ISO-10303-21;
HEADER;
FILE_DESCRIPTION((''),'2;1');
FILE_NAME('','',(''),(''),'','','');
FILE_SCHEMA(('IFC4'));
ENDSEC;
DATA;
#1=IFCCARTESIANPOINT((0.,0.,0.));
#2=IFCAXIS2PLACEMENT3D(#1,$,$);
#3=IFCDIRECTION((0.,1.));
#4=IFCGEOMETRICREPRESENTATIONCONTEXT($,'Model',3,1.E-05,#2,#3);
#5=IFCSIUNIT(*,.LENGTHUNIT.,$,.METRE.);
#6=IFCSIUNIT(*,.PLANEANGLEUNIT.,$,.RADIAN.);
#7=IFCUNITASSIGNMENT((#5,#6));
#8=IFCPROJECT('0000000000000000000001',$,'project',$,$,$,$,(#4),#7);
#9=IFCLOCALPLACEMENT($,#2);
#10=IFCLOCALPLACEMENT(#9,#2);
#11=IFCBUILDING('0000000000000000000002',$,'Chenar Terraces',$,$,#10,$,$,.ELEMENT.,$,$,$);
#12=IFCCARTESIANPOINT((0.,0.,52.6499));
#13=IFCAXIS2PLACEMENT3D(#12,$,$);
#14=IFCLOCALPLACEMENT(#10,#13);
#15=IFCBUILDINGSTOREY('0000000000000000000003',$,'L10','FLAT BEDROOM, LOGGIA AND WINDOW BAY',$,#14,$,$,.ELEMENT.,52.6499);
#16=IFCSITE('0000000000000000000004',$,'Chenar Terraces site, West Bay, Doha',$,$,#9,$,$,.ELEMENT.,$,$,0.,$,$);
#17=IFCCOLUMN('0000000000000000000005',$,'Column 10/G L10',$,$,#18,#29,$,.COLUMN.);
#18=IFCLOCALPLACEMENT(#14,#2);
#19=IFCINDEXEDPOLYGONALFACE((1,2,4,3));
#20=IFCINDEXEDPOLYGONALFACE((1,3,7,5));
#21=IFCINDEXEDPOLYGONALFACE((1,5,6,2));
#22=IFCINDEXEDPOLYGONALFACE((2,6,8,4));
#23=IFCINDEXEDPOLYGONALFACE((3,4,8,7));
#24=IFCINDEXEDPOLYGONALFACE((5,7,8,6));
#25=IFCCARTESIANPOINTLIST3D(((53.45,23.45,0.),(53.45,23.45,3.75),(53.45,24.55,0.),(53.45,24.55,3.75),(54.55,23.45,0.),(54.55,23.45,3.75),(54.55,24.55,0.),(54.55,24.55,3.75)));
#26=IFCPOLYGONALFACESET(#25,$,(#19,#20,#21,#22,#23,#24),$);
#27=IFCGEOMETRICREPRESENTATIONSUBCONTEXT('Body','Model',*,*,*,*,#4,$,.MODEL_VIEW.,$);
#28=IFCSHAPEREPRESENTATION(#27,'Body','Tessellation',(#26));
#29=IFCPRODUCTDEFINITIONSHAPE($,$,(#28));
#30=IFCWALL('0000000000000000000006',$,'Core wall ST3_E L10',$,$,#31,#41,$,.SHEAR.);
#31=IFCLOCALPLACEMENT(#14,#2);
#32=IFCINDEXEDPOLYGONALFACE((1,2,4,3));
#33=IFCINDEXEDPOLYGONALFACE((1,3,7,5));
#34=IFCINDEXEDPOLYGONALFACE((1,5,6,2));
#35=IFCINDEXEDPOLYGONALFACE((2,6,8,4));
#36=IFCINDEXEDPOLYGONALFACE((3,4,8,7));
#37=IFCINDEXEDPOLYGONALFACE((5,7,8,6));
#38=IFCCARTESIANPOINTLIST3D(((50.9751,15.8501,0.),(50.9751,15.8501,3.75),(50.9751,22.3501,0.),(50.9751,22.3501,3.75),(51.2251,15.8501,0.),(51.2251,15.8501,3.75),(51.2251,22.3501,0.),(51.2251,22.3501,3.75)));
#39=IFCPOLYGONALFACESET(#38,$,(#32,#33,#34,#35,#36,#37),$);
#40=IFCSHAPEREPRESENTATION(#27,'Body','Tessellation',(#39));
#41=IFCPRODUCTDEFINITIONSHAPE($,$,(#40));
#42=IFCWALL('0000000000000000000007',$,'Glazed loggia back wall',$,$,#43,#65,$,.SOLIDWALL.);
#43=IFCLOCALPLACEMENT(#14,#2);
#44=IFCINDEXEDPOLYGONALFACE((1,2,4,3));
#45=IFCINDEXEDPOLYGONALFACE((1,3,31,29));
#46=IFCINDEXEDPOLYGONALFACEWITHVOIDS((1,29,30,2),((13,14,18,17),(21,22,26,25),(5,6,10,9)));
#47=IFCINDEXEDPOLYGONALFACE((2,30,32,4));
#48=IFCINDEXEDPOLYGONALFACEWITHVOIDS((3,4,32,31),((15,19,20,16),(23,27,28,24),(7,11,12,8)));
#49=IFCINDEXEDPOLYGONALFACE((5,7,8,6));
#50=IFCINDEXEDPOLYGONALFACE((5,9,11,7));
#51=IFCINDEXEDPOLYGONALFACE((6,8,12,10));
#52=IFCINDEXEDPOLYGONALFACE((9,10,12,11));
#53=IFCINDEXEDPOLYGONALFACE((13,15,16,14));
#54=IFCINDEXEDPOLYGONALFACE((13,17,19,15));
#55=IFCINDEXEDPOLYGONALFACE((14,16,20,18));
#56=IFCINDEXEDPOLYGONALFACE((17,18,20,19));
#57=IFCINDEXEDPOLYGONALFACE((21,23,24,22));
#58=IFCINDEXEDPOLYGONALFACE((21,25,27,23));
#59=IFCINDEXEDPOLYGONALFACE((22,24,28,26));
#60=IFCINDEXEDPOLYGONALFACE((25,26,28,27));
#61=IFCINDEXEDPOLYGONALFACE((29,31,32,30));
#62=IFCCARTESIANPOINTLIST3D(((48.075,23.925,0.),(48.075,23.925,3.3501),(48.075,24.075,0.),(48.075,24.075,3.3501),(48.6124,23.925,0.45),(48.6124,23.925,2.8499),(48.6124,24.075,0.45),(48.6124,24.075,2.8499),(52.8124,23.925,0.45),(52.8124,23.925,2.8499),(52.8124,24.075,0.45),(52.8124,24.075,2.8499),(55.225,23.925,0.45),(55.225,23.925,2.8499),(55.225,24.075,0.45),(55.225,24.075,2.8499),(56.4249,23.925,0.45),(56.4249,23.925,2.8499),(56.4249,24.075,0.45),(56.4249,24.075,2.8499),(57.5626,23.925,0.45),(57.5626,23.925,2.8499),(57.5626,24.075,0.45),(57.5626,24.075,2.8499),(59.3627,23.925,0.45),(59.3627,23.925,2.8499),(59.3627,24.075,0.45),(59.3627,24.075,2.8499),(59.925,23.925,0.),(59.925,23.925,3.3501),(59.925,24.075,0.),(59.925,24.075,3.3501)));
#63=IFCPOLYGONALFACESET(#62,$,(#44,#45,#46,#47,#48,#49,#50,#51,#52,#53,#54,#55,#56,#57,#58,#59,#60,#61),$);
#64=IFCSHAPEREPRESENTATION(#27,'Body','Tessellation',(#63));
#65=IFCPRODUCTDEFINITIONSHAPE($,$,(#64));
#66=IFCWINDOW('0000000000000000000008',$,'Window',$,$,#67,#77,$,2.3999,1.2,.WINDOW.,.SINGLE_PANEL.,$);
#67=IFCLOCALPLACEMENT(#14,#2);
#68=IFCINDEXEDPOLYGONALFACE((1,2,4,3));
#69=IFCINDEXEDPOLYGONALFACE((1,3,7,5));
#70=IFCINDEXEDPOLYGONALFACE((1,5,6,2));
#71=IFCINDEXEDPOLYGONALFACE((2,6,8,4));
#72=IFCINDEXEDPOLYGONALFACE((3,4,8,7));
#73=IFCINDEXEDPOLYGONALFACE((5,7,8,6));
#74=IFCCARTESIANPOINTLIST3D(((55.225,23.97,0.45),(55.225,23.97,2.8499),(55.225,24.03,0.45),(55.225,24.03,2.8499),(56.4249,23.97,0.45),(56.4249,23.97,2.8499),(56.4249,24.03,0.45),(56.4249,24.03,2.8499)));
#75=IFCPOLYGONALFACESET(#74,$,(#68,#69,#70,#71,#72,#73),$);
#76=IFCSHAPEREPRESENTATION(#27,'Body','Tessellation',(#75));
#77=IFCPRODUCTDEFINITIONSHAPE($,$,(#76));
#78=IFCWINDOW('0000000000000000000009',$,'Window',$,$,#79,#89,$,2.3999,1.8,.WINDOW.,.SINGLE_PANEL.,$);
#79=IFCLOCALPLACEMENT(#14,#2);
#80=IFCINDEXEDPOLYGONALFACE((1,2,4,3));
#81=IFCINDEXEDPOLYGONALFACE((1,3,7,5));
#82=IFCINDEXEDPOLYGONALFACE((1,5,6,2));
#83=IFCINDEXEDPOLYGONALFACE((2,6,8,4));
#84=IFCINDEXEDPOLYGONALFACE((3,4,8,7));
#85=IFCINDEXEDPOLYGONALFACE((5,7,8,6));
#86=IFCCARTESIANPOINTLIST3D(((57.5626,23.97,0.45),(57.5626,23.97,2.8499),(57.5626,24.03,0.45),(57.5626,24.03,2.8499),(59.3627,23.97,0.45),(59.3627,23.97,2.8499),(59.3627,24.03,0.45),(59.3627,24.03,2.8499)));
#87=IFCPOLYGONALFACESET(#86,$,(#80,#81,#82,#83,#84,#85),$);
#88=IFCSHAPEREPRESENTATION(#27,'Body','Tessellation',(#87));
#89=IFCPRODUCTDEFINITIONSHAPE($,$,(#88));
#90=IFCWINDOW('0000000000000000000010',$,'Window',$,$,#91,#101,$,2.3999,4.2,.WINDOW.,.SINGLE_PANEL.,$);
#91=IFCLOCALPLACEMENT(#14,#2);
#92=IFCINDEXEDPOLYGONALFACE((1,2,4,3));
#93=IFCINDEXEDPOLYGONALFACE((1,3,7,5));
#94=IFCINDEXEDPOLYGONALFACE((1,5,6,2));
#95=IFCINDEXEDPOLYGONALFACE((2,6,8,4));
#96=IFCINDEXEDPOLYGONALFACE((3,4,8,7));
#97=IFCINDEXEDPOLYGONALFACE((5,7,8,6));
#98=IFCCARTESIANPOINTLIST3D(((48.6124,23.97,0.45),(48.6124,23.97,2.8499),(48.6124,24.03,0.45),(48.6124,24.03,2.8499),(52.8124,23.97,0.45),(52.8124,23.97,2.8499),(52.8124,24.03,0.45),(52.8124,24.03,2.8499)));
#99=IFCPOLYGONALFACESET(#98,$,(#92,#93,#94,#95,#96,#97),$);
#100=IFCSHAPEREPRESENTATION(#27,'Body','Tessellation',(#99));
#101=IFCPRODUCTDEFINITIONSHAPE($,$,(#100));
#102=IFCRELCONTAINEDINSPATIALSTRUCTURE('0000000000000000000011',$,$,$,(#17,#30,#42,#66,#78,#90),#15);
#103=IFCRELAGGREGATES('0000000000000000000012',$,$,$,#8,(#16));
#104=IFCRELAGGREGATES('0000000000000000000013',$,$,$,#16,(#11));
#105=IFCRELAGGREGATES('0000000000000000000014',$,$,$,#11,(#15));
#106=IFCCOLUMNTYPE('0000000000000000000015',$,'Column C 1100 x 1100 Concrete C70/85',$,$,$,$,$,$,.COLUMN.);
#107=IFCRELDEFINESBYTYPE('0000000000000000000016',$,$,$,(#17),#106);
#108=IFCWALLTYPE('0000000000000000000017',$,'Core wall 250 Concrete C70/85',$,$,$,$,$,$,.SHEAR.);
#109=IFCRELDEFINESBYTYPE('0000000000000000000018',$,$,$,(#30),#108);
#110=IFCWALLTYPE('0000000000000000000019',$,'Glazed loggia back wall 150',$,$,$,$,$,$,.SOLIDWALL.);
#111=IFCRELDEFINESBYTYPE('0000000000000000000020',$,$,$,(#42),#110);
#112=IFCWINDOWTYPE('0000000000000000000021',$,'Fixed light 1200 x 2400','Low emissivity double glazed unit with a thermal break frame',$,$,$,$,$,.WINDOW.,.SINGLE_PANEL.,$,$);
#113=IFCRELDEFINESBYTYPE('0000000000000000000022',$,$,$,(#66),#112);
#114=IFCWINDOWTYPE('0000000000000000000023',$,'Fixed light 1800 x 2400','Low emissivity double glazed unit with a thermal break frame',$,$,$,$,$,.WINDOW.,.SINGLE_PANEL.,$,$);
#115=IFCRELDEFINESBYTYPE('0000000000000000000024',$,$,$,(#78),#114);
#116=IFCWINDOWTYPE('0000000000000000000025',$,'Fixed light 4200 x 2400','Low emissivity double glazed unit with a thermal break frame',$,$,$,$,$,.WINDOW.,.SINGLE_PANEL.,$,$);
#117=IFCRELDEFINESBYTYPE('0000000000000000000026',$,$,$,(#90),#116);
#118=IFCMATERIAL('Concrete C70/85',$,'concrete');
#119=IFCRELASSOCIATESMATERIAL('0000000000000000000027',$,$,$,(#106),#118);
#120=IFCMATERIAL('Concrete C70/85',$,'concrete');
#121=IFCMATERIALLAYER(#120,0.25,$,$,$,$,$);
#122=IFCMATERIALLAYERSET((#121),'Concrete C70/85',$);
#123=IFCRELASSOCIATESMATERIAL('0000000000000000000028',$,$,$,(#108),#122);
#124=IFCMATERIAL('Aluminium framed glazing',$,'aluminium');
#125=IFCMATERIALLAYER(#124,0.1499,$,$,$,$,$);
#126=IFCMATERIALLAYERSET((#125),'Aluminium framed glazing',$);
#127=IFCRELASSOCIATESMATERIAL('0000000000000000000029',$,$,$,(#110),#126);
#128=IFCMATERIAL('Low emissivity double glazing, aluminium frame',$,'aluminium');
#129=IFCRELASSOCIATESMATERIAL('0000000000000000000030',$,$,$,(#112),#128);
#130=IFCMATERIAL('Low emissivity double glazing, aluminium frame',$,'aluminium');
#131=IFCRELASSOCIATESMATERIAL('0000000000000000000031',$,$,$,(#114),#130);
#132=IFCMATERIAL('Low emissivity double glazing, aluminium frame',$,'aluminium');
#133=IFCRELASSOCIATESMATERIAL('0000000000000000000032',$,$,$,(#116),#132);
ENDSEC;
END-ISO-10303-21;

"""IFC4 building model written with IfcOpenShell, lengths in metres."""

from ifc_helpers import new_model, si_unit, direction, frame, frame_2d, origin, origin_2d, place, context, subcontext, project, spatial, rectangle, extrude, material, layer, layer_set, material_profile, profile_set, type_object, element, fill, save


model = new_model("IFC4")

# Units and contexts
model_context = context("Model", 3, precision=1e-05, world=origin(), true_north=direction((0.0, 1.0)))
body_context = subcontext(model_context, "Body", "Model", "MODEL_VIEW")
ifc_project = project(units=[si_unit("LENGTHUNIT", "METRE"), si_unit("PLANEANGLEUNIT", "RADIAN")], contexts=[model_context])

# Site, building, storey
site_placement = place(None, origin())
site = spatial("IfcSite", under=ifc_project, at=site_placement, Name="Chenar Terraces site, West Bay, Doha", CompositionType="ELEMENT", RefElevation=0.0)
building_placement = place(site_placement, origin())
building = spatial("IfcBuilding", under=site, at=building_placement, Name="Chenar Terraces", CompositionType="ELEMENT")
storey_placement = place(building_placement, frame((0.0, 0.0, 52.6499)))
storey = spatial("IfcBuildingStorey", under=building, at=storey_placement, Name="L10", Description="FLAT BEDROOM, LOGGIA AND WINDOW BAY", CompositionType="ELEMENT", Elevation=52.6499)

# Column
ifc_material_1 = material(Name="Concrete C70/85", Category="concrete")
ifc_material_profile = material_profile(ifc_material_1, rectangle(XDim=1.1001, YDim=1.1001, at=origin_2d()), Name="C 1100 x 1100")
ifc_profile_set = profile_set([ifc_material_profile], Name="Concrete C70/85")
column_type = type_object("IfcColumnType", Name="Column C 1100 x 1100 Concrete C70/85", PredefinedType="COLUMN", material=ifc_profile_set)
column_placement = place(storey_placement, frame((54.0, 24.0, 0.0), z_axis=(0.0, 0.0, 1.0), x_axis=(1.0, 0.0, 0.0)))
element("IfcColumn", 1, at=column_placement, inside=storey, type_object=column_type, Name="Column 10/G L10", PredefinedType="COLUMN", context=body_context, shape_type="SweptSolid", body=[
    extrude(rectangle(XDim=1.1001, YDim=1.1001, at=origin_2d()), origin(), (0.0, 0.0, 1.0), 3.75),
])

# Wall
ifc_material_2 = material(Name="Concrete C70/85", Category="concrete")
ifc_layer_1 = layer(ifc_material_2, 0.25)
ifc_layer_set_1 = layer_set([ifc_layer_1], Name="Concrete C70/85")
wall_type_1 = type_object("IfcWallType", Name="Core wall 250 Concrete C70/85", PredefinedType="SHEAR", material=ifc_layer_set_1)
wall_1_placement = place(storey_placement, frame((51.1001, 15.8501, 0.0), z_axis=(0.0, 0.0, 1.0), x_axis=(0.0, 1.0, 0.0)))
element("IfcWall", 2, at=wall_1_placement, inside=storey, type_object=wall_type_1, Name="Core wall ST3_E L10", PredefinedType="SHEAR", context=body_context, shape_type="SweptSolid", body=[
    extrude(rectangle(XDim=6.5, YDim=0.25, at=frame_2d((3.25, 0.0))), origin(), (0.0, 0.0, 1.0), 3.75),
])

# Wall, openings, windows
ifc_material_3 = material(Name="Aluminium framed glazing", Category="aluminium")
ifc_layer_2 = layer(ifc_material_3, 0.1499)
ifc_layer_set_2 = layer_set([ifc_layer_2], Name="Aluminium framed glazing")
wall_type_2 = type_object("IfcWallType", Name="Glazed loggia back wall 150", PredefinedType="SOLIDWALL", material=ifc_layer_set_2)
wall_2_placement = place(storey_placement, frame((59.925, 24.0, 0.0), z_axis=(0.0, 0.0, 1.0), x_axis=(-1.0, 0.0, 0.0)))
wall_2 = element("IfcWall", 3, at=wall_2_placement, inside=storey, type_object=wall_type_2, Name="Glazed loggia back wall", PredefinedType="SOLIDWALL", context=body_context, shape_type="SweptSolid", body=[
    extrude(rectangle(XDim=11.8501, YDim=0.1499, at=frame_2d((5.925, 0.0))), origin(), (0.0, 0.0, 1.0), 3.3501),
])
opening_1_placement = place(wall_2_placement, frame((0.5625, 0.0, 0.45)))
opening_1 = element("IfcOpeningElement", 4, at=opening_1_placement, cuts=wall_2, PredefinedType="OPENING", context=body_context, shape_type="SweptSolid", body=[
    extrude(rectangle(XDim=1.8, YDim=2.3999, at=frame_2d((0.8999, 1.2))), frame((0.0, 0.085, 0.0), z_axis=(0.0, -1.0, 0.0), x_axis=(1.0, 0.0, 0.0)), (0.0, 0.0, 1.0), 0.1699),
])
opening_2_placement = place(wall_2_placement, frame((3.5, 0.0, 0.45)))
opening_2 = element("IfcOpeningElement", 5, at=opening_2_placement, cuts=wall_2, PredefinedType="OPENING", context=body_context, shape_type="SweptSolid", body=[
    extrude(rectangle(XDim=1.2, YDim=2.3999, at=frame_2d((0.6001, 1.2))), frame((0.0, 0.085, 0.0), z_axis=(0.0, -1.0, 0.0), x_axis=(1.0, 0.0, 0.0)), (0.0, 0.0, 1.0), 0.1699),
])
opening_3_placement = place(wall_2_placement, frame((7.1125, 0.0, 0.45)))
opening_3 = element("IfcOpeningElement", 6, at=opening_3_placement, cuts=wall_2, PredefinedType="OPENING", context=body_context, shape_type="SweptSolid", body=[
    extrude(rectangle(XDim=4.2, YDim=2.3999, at=frame_2d((2.1001, 1.2))), frame((0.0, 0.085, 0.0), z_axis=(0.0, -1.0, 0.0), x_axis=(1.0, 0.0, 0.0)), (0.0, 0.0, 1.0), 0.1699),
])
ifc_material_4 = material(Name="Low emissivity double glazing, aluminium frame", Category="aluminium")
window_type_1 = type_object("IfcWindowType", Name="Fixed light 1200 x 2400", Description="Low emissivity double glazed unit with a thermal break frame", PartitioningType="SINGLE_PANEL", PredefinedType="WINDOW", material=ifc_material_4)
window_1_placement = place(opening_2_placement, origin())
window_1 = element("IfcWindow", 7, at=window_1_placement, inside=storey, type_object=window_type_1, Name="Window", OverallHeight=2.3999, OverallWidth=1.2, PartitioningType="SINGLE_PANEL", PredefinedType="WINDOW", context=body_context, shape_type="SweptSolid", body=[
    extrude(rectangle(XDim=1.2, YDim=2.3999, at=frame_2d((0.6001, 1.2))), frame((0.0, 0.03, 0.0), z_axis=(0.0, -1.0, 0.0), x_axis=(1.0, 0.0, 0.0)), (0.0, 0.0, 1.0), 0.0601),
])
fill(opening_2, window_1)
ifc_material_5 = material(Name="Low emissivity double glazing, aluminium frame", Category="aluminium")
window_type_2 = type_object("IfcWindowType", Name="Fixed light 1800 x 2400", Description="Low emissivity double glazed unit with a thermal break frame", PartitioningType="SINGLE_PANEL", PredefinedType="WINDOW", material=ifc_material_5)
window_2_placement = place(opening_1_placement, origin())
window_2 = element("IfcWindow", 8, at=window_2_placement, inside=storey, type_object=window_type_2, Name="Window", OverallHeight=2.3999, OverallWidth=1.8, PartitioningType="SINGLE_PANEL", PredefinedType="WINDOW", context=body_context, shape_type="SweptSolid", body=[
    extrude(rectangle(XDim=1.8, YDim=2.3999, at=frame_2d((0.8999, 1.2))), frame((0.0, 0.03, 0.0), z_axis=(0.0, -1.0, 0.0), x_axis=(1.0, 0.0, 0.0)), (0.0, 0.0, 1.0), 0.0601),
])
fill(opening_1, window_2)
ifc_material_6 = material(Name="Low emissivity double glazing, aluminium frame", Category="aluminium")
window_type_3 = type_object("IfcWindowType", Name="Fixed light 4200 x 2400", Description="Low emissivity double glazed unit with a thermal break frame", PartitioningType="SINGLE_PANEL", PredefinedType="WINDOW", material=ifc_material_6)
window_3_placement = place(opening_3_placement, origin())
window_3 = element("IfcWindow", 9, at=window_3_placement, inside=storey, type_object=window_type_3, Name="Window", OverallHeight=2.3999, OverallWidth=4.2, PartitioningType="SINGLE_PANEL", PredefinedType="WINDOW", context=body_context, shape_type="SweptSolid", body=[
    extrude(rectangle(XDim=4.2, YDim=2.3999, at=frame_2d((2.1001, 1.2))), frame((0.0, 0.03, 0.0), z_axis=(0.0, -1.0, 0.0), x_axis=(1.0, 0.0, 0.0)), (0.0, 0.0, 1.0), 0.0601),
])
fill(opening_3, window_3)

save(model, "model.ifc")
